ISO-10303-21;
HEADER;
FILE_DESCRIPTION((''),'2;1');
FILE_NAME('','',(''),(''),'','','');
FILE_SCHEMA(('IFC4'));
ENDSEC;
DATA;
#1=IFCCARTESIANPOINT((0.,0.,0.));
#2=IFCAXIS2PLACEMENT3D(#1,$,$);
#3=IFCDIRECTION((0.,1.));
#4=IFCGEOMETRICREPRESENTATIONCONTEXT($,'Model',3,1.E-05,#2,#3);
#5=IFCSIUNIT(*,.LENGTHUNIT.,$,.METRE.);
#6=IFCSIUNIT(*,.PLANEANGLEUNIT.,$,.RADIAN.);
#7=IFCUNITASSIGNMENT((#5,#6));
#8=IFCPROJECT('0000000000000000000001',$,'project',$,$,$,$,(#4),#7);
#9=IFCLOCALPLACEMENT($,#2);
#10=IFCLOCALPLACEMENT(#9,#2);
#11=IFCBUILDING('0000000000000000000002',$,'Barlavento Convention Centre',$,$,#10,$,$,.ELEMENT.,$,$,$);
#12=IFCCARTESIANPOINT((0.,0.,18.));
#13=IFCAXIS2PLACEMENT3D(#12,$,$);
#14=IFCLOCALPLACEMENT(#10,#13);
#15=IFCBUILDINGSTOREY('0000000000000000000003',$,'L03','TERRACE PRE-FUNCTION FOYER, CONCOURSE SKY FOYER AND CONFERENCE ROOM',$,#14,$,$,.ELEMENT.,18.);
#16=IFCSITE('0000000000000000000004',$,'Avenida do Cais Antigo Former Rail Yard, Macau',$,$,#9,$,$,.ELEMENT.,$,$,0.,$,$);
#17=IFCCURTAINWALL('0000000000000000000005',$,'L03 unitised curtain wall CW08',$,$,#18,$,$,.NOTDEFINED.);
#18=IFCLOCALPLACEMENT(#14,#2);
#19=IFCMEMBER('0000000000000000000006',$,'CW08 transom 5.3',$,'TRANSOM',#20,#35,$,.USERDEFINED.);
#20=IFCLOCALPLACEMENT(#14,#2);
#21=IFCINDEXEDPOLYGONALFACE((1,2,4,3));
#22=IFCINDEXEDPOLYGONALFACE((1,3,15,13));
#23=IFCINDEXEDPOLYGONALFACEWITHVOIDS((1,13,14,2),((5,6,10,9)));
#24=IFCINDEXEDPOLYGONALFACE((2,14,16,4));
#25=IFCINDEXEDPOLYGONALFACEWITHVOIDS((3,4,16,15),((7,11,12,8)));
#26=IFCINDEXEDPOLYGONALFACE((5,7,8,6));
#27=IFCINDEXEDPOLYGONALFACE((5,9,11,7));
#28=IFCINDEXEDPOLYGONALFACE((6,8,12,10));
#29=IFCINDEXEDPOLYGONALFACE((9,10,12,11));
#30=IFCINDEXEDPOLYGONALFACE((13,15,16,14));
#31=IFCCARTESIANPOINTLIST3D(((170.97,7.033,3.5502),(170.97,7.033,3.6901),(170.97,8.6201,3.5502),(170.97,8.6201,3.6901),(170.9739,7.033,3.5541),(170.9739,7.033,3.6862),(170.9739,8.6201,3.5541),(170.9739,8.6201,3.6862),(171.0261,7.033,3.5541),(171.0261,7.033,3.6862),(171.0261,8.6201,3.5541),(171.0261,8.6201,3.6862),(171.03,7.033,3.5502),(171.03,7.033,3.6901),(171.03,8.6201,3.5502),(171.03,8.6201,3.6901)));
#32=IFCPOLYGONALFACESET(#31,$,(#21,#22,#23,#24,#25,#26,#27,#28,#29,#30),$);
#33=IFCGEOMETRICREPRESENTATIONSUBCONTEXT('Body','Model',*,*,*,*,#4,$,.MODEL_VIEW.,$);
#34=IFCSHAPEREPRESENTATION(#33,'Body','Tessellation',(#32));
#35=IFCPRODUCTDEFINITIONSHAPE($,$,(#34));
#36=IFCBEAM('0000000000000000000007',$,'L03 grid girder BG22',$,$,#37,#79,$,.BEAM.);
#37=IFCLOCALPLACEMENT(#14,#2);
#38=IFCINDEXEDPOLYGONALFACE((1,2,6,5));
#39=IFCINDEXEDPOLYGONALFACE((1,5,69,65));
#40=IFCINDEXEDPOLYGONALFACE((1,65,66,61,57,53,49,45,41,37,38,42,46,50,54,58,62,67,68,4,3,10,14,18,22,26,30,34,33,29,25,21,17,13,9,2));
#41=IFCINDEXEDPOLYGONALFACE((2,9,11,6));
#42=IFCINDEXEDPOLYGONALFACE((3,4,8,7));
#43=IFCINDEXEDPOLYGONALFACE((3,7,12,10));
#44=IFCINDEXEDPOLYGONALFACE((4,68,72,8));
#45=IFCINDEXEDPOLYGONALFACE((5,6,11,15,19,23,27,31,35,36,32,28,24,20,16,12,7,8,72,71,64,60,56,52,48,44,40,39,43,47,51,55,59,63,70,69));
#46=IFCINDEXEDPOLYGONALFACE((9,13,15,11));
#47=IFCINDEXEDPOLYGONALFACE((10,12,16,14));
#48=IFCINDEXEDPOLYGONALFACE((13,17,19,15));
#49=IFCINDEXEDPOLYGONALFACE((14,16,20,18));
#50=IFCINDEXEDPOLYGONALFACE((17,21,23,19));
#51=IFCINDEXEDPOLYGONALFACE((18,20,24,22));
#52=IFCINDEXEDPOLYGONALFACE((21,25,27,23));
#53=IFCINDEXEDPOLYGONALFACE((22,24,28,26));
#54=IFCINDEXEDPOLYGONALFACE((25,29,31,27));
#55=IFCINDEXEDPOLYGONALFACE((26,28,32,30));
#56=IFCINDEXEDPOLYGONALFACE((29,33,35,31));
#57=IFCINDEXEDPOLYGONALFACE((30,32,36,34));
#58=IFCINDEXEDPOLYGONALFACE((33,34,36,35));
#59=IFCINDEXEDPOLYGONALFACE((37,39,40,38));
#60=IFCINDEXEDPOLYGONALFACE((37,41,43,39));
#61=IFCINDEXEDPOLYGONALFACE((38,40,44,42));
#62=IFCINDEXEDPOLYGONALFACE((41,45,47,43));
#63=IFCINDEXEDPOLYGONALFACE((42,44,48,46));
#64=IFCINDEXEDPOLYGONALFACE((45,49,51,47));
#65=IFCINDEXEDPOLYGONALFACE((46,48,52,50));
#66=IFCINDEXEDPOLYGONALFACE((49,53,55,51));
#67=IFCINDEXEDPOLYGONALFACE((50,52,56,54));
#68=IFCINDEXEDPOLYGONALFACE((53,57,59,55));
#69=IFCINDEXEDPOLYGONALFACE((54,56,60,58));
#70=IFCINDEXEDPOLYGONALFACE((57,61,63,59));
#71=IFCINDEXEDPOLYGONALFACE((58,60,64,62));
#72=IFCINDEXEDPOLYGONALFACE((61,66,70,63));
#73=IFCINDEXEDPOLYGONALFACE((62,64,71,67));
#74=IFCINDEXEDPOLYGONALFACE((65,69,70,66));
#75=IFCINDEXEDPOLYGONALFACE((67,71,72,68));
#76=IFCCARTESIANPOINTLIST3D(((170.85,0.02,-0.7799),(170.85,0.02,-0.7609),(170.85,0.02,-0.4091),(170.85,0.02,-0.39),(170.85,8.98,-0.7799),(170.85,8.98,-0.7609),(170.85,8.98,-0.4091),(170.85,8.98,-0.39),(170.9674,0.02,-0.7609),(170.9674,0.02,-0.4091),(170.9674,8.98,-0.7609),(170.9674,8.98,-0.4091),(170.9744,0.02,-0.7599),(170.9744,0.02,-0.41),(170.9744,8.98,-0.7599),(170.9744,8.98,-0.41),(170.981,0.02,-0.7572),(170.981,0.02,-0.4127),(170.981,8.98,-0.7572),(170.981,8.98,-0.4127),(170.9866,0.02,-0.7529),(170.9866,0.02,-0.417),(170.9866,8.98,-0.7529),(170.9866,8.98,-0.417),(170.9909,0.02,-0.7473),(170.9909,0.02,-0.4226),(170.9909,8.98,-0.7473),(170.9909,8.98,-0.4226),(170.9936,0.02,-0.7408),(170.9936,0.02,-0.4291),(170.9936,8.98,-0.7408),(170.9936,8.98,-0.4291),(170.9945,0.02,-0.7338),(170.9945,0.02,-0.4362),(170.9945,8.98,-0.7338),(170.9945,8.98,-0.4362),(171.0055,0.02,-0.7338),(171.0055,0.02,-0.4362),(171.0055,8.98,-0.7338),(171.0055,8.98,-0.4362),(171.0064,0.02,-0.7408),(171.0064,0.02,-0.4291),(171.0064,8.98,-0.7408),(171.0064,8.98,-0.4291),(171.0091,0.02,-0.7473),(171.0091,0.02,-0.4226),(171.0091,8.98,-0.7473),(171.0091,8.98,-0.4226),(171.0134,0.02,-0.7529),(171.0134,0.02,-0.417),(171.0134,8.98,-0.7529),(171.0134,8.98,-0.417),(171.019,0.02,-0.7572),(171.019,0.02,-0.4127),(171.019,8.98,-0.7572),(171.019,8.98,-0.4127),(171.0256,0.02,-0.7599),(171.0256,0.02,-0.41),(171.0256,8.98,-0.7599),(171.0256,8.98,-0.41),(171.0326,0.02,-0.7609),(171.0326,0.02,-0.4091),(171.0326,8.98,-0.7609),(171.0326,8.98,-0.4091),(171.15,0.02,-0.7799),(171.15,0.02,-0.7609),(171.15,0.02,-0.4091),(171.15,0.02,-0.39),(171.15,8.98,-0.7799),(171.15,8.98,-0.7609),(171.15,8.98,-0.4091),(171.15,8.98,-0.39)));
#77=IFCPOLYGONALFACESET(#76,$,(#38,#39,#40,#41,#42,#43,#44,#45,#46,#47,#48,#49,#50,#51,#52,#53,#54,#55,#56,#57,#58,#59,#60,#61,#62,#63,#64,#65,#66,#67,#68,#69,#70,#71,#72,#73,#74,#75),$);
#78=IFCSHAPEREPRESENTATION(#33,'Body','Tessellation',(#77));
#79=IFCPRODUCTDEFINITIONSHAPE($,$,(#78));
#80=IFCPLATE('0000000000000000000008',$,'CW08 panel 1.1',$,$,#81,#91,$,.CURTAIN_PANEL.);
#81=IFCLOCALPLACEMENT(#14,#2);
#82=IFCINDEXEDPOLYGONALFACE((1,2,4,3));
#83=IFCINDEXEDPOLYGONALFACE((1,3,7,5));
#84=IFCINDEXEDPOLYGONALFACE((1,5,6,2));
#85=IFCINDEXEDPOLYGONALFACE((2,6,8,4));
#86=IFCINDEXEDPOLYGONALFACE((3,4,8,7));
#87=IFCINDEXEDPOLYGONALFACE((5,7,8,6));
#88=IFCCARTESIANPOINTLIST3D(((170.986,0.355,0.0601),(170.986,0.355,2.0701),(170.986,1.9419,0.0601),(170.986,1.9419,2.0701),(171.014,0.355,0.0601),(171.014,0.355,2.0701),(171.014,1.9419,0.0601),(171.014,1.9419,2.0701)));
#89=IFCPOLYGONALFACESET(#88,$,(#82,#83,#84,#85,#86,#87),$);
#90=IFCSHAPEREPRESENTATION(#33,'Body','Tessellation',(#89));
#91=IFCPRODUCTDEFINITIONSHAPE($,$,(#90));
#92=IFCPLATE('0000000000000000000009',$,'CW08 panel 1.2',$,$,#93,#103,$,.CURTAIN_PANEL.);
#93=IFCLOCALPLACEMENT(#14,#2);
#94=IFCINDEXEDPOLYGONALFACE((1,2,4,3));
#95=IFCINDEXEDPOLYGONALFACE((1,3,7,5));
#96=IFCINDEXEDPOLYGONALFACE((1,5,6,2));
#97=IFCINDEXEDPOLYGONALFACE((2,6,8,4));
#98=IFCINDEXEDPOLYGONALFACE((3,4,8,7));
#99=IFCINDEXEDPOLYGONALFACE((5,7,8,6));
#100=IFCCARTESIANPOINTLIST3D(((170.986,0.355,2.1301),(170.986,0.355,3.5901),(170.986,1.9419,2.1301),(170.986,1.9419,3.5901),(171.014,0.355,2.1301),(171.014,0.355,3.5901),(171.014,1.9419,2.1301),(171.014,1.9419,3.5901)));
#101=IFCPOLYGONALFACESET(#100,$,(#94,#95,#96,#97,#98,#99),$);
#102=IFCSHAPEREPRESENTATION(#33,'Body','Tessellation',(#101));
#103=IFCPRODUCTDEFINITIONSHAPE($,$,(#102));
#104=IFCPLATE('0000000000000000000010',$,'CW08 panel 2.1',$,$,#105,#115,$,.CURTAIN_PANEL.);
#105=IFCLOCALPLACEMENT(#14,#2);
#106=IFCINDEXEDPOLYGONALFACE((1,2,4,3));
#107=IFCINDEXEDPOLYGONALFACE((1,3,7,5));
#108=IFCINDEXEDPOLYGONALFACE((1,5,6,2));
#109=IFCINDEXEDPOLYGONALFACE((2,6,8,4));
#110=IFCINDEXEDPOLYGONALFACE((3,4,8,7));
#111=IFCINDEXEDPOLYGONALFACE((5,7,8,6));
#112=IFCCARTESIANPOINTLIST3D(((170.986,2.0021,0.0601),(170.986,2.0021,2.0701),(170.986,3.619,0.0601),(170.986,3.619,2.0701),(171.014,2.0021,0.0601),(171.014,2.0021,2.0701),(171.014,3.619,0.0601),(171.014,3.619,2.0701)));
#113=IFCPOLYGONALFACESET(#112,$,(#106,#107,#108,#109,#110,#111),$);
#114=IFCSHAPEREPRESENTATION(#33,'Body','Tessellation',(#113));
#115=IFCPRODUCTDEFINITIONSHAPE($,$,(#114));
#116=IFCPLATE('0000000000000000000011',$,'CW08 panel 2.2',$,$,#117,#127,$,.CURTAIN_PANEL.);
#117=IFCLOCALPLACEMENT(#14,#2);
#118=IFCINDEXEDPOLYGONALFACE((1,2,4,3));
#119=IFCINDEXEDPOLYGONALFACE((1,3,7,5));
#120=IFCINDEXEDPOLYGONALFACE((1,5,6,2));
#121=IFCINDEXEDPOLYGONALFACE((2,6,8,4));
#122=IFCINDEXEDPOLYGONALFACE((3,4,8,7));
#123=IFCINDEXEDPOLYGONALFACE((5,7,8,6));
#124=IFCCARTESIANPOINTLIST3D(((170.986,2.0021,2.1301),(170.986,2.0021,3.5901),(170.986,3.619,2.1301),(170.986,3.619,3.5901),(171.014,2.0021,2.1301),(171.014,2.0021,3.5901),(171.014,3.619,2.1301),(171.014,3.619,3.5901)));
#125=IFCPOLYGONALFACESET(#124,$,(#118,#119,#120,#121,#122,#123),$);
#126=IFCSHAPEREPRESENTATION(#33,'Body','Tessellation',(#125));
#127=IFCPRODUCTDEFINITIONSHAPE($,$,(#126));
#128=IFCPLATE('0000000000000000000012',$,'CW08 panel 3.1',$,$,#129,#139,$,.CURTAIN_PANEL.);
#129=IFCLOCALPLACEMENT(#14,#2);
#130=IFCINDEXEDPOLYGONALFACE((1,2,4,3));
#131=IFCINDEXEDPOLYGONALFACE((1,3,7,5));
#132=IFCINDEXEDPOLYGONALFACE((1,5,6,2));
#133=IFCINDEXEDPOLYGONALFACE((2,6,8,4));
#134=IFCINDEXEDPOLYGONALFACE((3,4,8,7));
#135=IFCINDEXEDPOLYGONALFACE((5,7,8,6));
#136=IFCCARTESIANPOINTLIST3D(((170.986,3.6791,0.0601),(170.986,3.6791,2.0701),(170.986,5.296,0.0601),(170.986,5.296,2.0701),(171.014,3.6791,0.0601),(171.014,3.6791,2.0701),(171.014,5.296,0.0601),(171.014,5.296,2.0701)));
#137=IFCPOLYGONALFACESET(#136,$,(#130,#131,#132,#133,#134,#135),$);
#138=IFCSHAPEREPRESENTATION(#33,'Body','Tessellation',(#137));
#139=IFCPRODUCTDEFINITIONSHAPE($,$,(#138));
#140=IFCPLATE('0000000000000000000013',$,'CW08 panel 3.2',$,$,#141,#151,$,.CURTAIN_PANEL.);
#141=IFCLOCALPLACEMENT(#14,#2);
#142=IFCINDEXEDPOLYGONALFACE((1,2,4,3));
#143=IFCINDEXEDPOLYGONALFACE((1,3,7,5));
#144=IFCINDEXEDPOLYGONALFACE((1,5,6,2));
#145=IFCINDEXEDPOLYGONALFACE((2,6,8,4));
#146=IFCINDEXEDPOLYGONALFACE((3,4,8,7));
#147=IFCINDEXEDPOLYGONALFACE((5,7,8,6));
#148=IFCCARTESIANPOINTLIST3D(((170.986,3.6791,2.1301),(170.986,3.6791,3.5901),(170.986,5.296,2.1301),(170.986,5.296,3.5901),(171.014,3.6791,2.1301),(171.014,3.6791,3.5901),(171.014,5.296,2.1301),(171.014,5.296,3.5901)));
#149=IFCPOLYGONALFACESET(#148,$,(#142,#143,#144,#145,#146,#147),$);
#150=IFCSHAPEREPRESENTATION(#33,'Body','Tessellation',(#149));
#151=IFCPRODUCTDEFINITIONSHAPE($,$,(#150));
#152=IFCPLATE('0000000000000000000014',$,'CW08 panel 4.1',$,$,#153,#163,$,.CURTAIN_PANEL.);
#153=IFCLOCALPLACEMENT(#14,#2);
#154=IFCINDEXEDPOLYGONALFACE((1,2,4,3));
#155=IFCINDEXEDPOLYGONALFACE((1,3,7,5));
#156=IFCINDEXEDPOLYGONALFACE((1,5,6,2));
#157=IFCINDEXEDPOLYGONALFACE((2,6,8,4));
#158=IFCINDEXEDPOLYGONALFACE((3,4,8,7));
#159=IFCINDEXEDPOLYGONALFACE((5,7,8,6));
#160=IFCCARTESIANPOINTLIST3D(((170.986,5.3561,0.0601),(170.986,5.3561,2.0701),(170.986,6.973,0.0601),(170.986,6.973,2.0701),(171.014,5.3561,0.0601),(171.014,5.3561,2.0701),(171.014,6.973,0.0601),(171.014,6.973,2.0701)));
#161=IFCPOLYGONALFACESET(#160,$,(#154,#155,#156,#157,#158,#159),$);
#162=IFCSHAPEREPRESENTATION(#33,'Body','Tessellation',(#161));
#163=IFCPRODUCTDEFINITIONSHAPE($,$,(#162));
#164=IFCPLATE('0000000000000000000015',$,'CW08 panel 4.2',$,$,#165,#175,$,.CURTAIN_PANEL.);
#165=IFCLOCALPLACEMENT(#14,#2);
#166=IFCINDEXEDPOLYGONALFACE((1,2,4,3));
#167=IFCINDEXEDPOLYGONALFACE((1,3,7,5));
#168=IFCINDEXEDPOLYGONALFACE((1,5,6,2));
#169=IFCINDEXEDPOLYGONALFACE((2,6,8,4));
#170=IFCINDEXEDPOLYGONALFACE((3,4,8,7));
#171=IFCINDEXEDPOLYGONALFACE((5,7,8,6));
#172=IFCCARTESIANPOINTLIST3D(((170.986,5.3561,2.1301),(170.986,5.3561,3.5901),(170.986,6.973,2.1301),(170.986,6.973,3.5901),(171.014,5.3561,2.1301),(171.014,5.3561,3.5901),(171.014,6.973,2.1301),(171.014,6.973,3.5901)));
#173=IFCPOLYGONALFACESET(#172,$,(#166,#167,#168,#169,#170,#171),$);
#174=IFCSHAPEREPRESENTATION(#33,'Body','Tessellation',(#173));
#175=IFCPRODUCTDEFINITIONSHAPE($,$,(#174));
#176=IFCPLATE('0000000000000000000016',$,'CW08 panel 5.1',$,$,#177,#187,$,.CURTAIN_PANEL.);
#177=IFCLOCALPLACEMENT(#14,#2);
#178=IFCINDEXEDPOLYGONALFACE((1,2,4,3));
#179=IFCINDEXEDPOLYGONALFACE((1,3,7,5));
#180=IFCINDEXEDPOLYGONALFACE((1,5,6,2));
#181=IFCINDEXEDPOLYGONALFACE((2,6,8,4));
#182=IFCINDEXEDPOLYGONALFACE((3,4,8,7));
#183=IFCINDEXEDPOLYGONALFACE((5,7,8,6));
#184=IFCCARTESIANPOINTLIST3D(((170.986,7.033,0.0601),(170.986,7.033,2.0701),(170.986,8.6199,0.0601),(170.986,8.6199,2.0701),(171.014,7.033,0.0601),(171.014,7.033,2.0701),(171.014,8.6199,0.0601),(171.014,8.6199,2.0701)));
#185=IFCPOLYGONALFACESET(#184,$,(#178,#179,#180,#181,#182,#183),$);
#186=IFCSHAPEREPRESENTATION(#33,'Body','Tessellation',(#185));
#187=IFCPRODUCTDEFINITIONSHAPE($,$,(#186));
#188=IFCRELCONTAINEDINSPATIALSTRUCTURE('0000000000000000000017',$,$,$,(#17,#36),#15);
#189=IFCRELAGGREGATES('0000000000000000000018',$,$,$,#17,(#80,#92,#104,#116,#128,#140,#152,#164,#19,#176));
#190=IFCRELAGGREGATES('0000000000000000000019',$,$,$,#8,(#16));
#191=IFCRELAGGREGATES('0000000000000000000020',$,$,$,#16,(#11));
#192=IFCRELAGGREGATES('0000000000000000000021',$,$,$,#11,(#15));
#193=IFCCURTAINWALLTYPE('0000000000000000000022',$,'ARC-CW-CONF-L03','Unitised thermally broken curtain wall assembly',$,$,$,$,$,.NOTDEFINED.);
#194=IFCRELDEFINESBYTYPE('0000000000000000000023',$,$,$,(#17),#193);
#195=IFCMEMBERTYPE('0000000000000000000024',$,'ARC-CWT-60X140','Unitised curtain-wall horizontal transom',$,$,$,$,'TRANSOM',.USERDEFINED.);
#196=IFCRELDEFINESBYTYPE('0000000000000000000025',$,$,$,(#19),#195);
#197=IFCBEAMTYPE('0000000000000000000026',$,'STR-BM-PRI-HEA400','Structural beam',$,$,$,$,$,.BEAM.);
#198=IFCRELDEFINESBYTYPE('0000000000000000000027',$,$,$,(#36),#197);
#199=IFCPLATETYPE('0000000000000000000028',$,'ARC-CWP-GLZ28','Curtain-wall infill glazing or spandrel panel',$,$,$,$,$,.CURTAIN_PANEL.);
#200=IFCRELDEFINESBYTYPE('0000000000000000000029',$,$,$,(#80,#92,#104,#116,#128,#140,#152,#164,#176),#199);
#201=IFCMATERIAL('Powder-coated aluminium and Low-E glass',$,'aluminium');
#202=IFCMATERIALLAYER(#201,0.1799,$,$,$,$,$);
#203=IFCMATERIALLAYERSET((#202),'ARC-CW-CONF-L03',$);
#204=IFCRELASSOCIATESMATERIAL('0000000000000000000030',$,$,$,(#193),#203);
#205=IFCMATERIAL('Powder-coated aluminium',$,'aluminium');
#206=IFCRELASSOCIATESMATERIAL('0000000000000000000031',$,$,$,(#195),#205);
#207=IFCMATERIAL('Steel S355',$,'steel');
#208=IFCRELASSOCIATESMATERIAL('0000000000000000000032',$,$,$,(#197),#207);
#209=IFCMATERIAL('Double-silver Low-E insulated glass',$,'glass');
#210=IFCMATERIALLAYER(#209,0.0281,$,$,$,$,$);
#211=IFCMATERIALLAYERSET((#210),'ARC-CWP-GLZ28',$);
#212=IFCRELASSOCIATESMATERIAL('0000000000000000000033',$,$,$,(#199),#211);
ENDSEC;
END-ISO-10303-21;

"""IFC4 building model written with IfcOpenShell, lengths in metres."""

from ifc_helpers import new_model, si_unit, direction, frame, origin, origin_2d, place, context, subcontext, project, spatial, rectangle, hollow_rectangle, i_section, extrude, material, layer, layer_set, material_profile, profile_set, type_object, element, aggregate, save


model = new_model("IFC4")

# Units and contexts
model_context = context("Model", 3, precision=1e-05, world=origin(), true_north=direction((0.0, 1.0)))
body_context = subcontext(model_context, "Body", "Model", "MODEL_VIEW")
ifc_project = project(units=[si_unit("LENGTHUNIT", "METRE"), si_unit("PLANEANGLEUNIT", "RADIAN")], contexts=[model_context])

# Site, building, storey
site_placement = place(None, origin())
site = spatial("IfcSite", under=ifc_project, at=site_placement, Name="Avenida do Cais Antigo Former Rail Yard, Macau", CompositionType="ELEMENT", RefElevation=0.0)
building_placement = place(site_placement, origin())
building = spatial("IfcBuilding", under=site, at=building_placement, Name="Barlavento Convention Centre", CompositionType="ELEMENT")
storey_placement = place(building_placement, frame((0.0, 0.0, 18.0)))
storey = spatial("IfcBuildingStorey", under=building, at=storey_placement, Name="L03", Description="TERRACE PRE-FUNCTION FOYER, CONCOURSE SKY FOYER AND CONFERENCE ROOM", CompositionType="ELEMENT", Elevation=18.0)

# Shared definitions
ifc_material_1 = material(Name="Steel S355", Category="steel")

# Curtain wall, member
ifc_material_2 = material(Name="Powder-coated aluminium and Low-E glass", Category="aluminium")
ifc_layer_1 = layer(ifc_material_2, 0.1799)
ifc_layer_set_1 = layer_set([ifc_layer_1], Name="ARC-CW-CONF-L03")
curtain_wall_type = type_object("IfcCurtainWallType", Name="ARC-CW-CONF-L03", Description="Unitised thermally broken curtain wall assembly", PredefinedType="NOTDEFINED", material=ifc_layer_set_1)
curtain_wall_placement = place(storey_placement, origin())
curtain_wall = element("IfcCurtainWall", 1, at=curtain_wall_placement, inside=storey, type_object=curtain_wall_type, Name="L03 unitised curtain wall CW08", PredefinedType="NOTDEFINED")
ifc_material_3 = material(Name="Powder-coated aluminium", Category="aluminium")
ifc_material_profile_1 = material_profile(ifc_material_3, hollow_rectangle(XDim=0.0601, YDim=0.1399, WallThickness=0.0039, at=origin_2d()), Name="AL-TRAN 60x140x4")
ifc_profile_set_1 = profile_set([ifc_material_profile_1], Name="Powder-coated aluminium")
member_type_1 = type_object("IfcMemberType", Name="ARC-CWT-60X140", Description="Unitised curtain-wall horizontal transom", ElementType="TRANSOM", PredefinedType="USERDEFINED", material=ifc_profile_set_1)
member_1_placement = place(storey_placement, frame((171.0, 7.033, 3.6201), z_axis=(0.0, 1.0, 0.0), x_axis=(-1.0, 0.0, 0.0)))
member_1 = element("IfcMember", 2, at=member_1_placement, type_object=member_type_1, Name="CW08 transom 5.3", ObjectType="TRANSOM", PredefinedType="USERDEFINED", context=body_context, shape_type="SweptSolid", body=[
    extrude(hollow_rectangle(XDim=0.0601, YDim=0.1399, WallThickness=0.0039, at=origin_2d()), origin(), (0.0, 0.0, 1.0), 1.5872),
])

# Beam
ifc_material_profile_2 = material_profile(ifc_material_1, i_section(OverallWidth=0.3, OverallDepth=0.3899, WebThickness=0.011, FlangeThickness=0.019, FilletRadius=0.0271, at=origin_2d()), Name="HEA 400")
ifc_profile_set_2 = profile_set([ifc_material_profile_2], Name="Steel S355")
beam_type = type_object("IfcBeamType", Name="STR-BM-PRI-HEA400", Description="Structural beam", PredefinedType="BEAM", material=ifc_profile_set_2)
beam_placement = place(storey_placement, frame((171.0, 0.02, -0.585), z_axis=(0.0, 1.0, 0.0), x_axis=(-1.0, 0.0, 0.0)))
element("IfcBeam", 3, at=beam_placement, inside=storey, type_object=beam_type, Name="L03 grid girder BG22", PredefinedType="BEAM", context=body_context, shape_type="SweptSolid", body=[
    extrude(i_section(OverallWidth=0.3, OverallDepth=0.3899, WebThickness=0.011, FlangeThickness=0.019, FilletRadius=0.0271, at=origin_2d()), origin(), (0.0, 0.0, 1.0), 8.96),
])

# Plates
ifc_material_4 = material(Name="Double-silver Low-E insulated glass", Category="glass")
ifc_layer_2 = layer(ifc_material_4, 0.0281)
ifc_layer_set_2 = layer_set([ifc_layer_2], Name="ARC-CWP-GLZ28")
plate_type = type_object("IfcPlateType", Name="ARC-CWP-GLZ28", Description="Curtain-wall infill glazing or spandrel panel", PredefinedType="CURTAIN_PANEL", material=ifc_layer_set_2)
plate_1_placement = place(storey_placement, frame((171.0, 1.1484, 0.0601), z_axis=(0.0, 0.0, 1.0), x_axis=(0.0, 1.0, 0.0)))
plate_1 = element("IfcPlate", 4, at=plate_1_placement, type_object=plate_type, Name="CW08 panel 1.1", PredefinedType="CURTAIN_PANEL", context=body_context, shape_type="SweptSolid", body=[
    extrude(rectangle(XDim=1.5869, YDim=0.0281, at=origin_2d()), origin(), (0.0, 0.0, 1.0), 2.01),
])
plate_2_placement = place(storey_placement, frame((171.0, 1.1484, 2.1301), z_axis=(0.0, 0.0, 1.0), x_axis=(0.0, 1.0, 0.0)))
plate_2 = element("IfcPlate", 5, at=plate_2_placement, type_object=plate_type, Name="CW08 panel 1.2", PredefinedType="CURTAIN_PANEL", context=body_context, shape_type="SweptSolid", body=[
    extrude(rectangle(XDim=1.5869, YDim=0.0281, at=origin_2d()), origin(), (0.0, 0.0, 1.0), 1.46),
])
plate_3_placement = place(storey_placement, frame((171.0, 2.8105, 0.0601), z_axis=(0.0, 0.0, 1.0), x_axis=(0.0, 1.0, 0.0)))
plate_3 = element("IfcPlate", 6, at=plate_3_placement, type_object=plate_type, Name="CW08 panel 2.1", PredefinedType="CURTAIN_PANEL", context=body_context, shape_type="SweptSolid", body=[
    extrude(rectangle(XDim=1.6169, YDim=0.0281, at=origin_2d()), origin(), (0.0, 0.0, 1.0), 2.01),
])
plate_4_placement = place(storey_placement, frame((171.0, 2.8105, 2.1301), z_axis=(0.0, 0.0, 1.0), x_axis=(0.0, 1.0, 0.0)))
plate_4 = element("IfcPlate", 7, at=plate_4_placement, type_object=plate_type, Name="CW08 panel 2.2", PredefinedType="CURTAIN_PANEL", context=body_context, shape_type="SweptSolid", body=[
    extrude(rectangle(XDim=1.6169, YDim=0.0281, at=origin_2d()), origin(), (0.0, 0.0, 1.0), 1.46),
])
plate_5_placement = place(storey_placement, frame((171.0, 4.4875, 0.0601), z_axis=(0.0, 0.0, 1.0), x_axis=(0.0, 1.0, 0.0)))
plate_5 = element("IfcPlate", 8, at=plate_5_placement, type_object=plate_type, Name="CW08 panel 3.1", PredefinedType="CURTAIN_PANEL", context=body_context, shape_type="SweptSolid", body=[
    extrude(rectangle(XDim=1.6169, YDim=0.0281, at=origin_2d()), origin(), (0.0, 0.0, 1.0), 2.01),
])
plate_6_placement = place(storey_placement, frame((171.0, 4.4875, 2.1301), z_axis=(0.0, 0.0, 1.0), x_axis=(0.0, 1.0, 0.0)))
plate_6 = element("IfcPlate", 9, at=plate_6_placement, type_object=plate_type, Name="CW08 panel 3.2", PredefinedType="CURTAIN_PANEL", context=body_context, shape_type="SweptSolid", body=[
    extrude(rectangle(XDim=1.6169, YDim=0.0281, at=origin_2d()), origin(), (0.0, 0.0, 1.0), 1.46),
])
plate_7_placement = place(storey_placement, frame((171.0, 6.1646, 0.0601), z_axis=(0.0, 0.0, 1.0), x_axis=(0.0, 1.0, 0.0)))
plate_7 = element("IfcPlate", 10, at=plate_7_placement, type_object=plate_type, Name="CW08 panel 4.1", PredefinedType="CURTAIN_PANEL", context=body_context, shape_type="SweptSolid", body=[
    extrude(rectangle(XDim=1.6169, YDim=0.0281, at=origin_2d()), origin(), (0.0, 0.0, 1.0), 2.01),
])
plate_8_placement = place(storey_placement, frame((171.0, 6.1646, 2.1301), z_axis=(0.0, 0.0, 1.0), x_axis=(0.0, 1.0, 0.0)))
plate_8 = element("IfcPlate", 11, at=plate_8_placement, type_object=plate_type, Name="CW08 panel 4.2", PredefinedType="CURTAIN_PANEL", context=body_context, shape_type="SweptSolid", body=[
    extrude(rectangle(XDim=1.6169, YDim=0.0281, at=origin_2d()), origin(), (0.0, 0.0, 1.0), 1.46),
])
plate_9_placement = place(storey_placement, frame((171.0, 7.8264, 0.0601), z_axis=(0.0, 0.0, 1.0), x_axis=(0.0, 1.0, 0.0)))
plate_9 = element("IfcPlate", 12, at=plate_9_placement, type_object=plate_type, Name="CW08 panel 5.1", PredefinedType="CURTAIN_PANEL", context=body_context, shape_type="SweptSolid", body=[
    extrude(rectangle(XDim=1.5869, YDim=0.0281, at=origin_2d()), origin(), (0.0, 0.0, 1.0), 2.01),
])
aggregate(curtain_wall, [plate_1, plate_2, plate_3, plate_4, plate_5, plate_6, plate_7, plate_8, member_1, plate_9])

save(model, "model.ifc")
